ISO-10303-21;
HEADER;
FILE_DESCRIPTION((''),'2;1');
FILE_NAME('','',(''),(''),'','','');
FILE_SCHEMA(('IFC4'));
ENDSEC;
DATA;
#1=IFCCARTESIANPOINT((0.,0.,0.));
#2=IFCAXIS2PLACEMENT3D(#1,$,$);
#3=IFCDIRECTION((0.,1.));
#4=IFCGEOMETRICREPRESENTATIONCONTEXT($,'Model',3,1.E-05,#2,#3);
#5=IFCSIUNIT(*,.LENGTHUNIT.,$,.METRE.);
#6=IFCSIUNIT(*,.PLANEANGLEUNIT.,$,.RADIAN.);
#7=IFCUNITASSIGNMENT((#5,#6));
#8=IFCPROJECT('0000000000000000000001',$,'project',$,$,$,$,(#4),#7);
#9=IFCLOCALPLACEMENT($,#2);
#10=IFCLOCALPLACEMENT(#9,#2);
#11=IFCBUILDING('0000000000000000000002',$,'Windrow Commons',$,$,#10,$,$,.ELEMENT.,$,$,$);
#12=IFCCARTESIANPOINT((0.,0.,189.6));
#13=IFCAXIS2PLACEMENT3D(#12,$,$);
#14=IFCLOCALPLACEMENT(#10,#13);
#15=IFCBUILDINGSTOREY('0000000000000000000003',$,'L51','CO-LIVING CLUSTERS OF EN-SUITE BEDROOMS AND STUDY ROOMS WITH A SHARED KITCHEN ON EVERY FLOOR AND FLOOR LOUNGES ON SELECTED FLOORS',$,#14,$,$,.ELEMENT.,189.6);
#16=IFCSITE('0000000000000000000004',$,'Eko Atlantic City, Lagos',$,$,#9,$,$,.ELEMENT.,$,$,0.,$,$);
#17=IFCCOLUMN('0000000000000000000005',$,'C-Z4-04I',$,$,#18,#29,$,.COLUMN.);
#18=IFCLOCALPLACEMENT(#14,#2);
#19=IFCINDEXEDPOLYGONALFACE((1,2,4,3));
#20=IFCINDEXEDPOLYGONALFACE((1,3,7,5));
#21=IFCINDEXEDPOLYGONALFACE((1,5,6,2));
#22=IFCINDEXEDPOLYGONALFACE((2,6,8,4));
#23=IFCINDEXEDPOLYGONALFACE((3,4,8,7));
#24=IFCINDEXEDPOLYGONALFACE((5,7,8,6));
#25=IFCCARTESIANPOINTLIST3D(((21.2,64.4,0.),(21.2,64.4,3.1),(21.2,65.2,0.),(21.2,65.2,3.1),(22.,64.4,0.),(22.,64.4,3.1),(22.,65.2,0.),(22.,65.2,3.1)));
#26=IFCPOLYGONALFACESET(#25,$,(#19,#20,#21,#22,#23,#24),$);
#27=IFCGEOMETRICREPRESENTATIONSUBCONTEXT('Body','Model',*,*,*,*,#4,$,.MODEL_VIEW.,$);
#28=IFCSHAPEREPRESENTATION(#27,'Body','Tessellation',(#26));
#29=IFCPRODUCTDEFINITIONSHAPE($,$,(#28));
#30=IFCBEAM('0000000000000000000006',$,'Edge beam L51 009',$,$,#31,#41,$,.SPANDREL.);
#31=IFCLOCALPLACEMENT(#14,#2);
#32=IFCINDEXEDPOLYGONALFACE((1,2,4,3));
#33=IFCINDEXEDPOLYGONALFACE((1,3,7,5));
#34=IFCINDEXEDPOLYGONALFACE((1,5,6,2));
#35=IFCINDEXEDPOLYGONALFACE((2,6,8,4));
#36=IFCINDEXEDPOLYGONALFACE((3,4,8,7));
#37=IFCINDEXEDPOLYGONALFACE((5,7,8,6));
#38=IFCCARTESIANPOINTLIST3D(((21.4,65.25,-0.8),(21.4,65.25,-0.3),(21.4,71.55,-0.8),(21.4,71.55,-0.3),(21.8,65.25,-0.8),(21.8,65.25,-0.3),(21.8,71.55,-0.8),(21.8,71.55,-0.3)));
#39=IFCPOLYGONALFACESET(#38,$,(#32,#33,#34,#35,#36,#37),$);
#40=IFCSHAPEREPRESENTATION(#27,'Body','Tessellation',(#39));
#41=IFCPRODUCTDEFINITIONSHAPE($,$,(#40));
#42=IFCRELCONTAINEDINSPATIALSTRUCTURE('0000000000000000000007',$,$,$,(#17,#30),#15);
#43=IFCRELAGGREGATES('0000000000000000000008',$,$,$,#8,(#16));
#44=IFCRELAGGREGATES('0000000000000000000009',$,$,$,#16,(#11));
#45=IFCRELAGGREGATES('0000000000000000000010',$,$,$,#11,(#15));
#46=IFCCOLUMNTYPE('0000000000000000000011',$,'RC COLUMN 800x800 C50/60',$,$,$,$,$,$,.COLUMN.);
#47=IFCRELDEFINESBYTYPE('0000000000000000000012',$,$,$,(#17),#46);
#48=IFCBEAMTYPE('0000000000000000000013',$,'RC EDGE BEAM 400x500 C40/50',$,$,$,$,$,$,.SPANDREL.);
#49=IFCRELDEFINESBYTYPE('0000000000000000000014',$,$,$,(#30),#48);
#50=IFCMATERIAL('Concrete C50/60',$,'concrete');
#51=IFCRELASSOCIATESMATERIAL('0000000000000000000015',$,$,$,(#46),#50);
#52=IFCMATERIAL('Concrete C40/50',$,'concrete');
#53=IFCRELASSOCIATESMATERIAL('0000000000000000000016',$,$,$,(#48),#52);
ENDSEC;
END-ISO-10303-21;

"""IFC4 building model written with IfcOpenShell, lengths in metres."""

from ifc_helpers import new_model, si_unit, direction, frame, origin, origin_2d, place, context, subcontext, project, spatial, rectangle, extrude, material, material_profile, profile_set, type_object, element, save


model = new_model("IFC4")

# Units and contexts
model_context = context("Model", 3, precision=1e-05, world=origin(), true_north=direction((0.0, 1.0)))
body_context = subcontext(model_context, "Body", "Model", "MODEL_VIEW")
ifc_project = project(units=[si_unit("LENGTHUNIT", "METRE"), si_unit("PLANEANGLEUNIT", "RADIAN")], contexts=[model_context])

# Site, building, storey
site_placement = place(None, origin())
site = spatial("IfcSite", under=ifc_project, at=site_placement, Name="Eko Atlantic City, Lagos", CompositionType="ELEMENT", RefElevation=0.0)
building_placement = place(site_placement, origin())
building = spatial("IfcBuilding", under=site, at=building_placement, Name="Windrow Commons", CompositionType="ELEMENT")
storey_placement = place(building_placement, frame((0.0, 0.0, 189.6)))
storey = spatial("IfcBuildingStorey", under=building, at=storey_placement, Name="L51", Description="CO-LIVING CLUSTERS OF EN-SUITE BEDROOMS AND STUDY ROOMS WITH A SHARED KITCHEN ON EVERY FLOOR AND FLOOR LOUNGES ON SELECTED FLOORS", CompositionType="ELEMENT", Elevation=189.6)

# Column
ifc_material_1 = material(Name="Concrete C50/60", Category="concrete")
ifc_material_profile_1 = material_profile(ifc_material_1, rectangle(XDim=0.8, YDim=0.8, at=origin_2d()))
ifc_profile_set_1 = profile_set([ifc_material_profile_1], Name="Concrete C50/60")
column_type = type_object("IfcColumnType", Name="RC COLUMN 800x800 C50/60", PredefinedType="COLUMN", material=ifc_profile_set_1)
column_placement = place(storey_placement, frame((21.6, 64.8, 0.0), z_axis=(0.0, 0.0, 1.0), x_axis=(1.0, 0.0, 0.0)))
element("IfcColumn", 1, at=column_placement, inside=storey, type_object=column_type, Name="C-Z4-04I", PredefinedType="COLUMN", context=body_context, shape_type="SweptSolid", body=[
    extrude(rectangle(XDim=0.8, YDim=0.8, at=origin_2d()), origin(), (0.0, 0.0, 1.0), 3.1),
])

# Beam
ifc_material_2 = material(Name="Concrete C40/50", Category="concrete")
ifc_material_profile_2 = material_profile(ifc_material_2, rectangle(XDim=0.4, YDim=0.5, at=origin_2d()))
ifc_profile_set_2 = profile_set([ifc_material_profile_2], Name="Concrete C40/50")
beam_type = type_object("IfcBeamType", Name="RC EDGE BEAM 400x500 C40/50", PredefinedType="SPANDREL", material=ifc_profile_set_2)
beam_placement = place(storey_placement, frame((21.6, 65.25, -0.55), z_axis=(0.0, 1.0, 0.0), x_axis=(-1.0, 0.0, 0.0)))
element("IfcBeam", 2, at=beam_placement, inside=storey, type_object=beam_type, Name="Edge beam L51 009", PredefinedType="SPANDREL", context=body_context, shape_type="SweptSolid", body=[
    extrude(rectangle(XDim=0.4, YDim=0.5, at=origin_2d()), origin(), (0.0, 0.0, 1.0), 6.3),
])

save(model, "model.ifc")
